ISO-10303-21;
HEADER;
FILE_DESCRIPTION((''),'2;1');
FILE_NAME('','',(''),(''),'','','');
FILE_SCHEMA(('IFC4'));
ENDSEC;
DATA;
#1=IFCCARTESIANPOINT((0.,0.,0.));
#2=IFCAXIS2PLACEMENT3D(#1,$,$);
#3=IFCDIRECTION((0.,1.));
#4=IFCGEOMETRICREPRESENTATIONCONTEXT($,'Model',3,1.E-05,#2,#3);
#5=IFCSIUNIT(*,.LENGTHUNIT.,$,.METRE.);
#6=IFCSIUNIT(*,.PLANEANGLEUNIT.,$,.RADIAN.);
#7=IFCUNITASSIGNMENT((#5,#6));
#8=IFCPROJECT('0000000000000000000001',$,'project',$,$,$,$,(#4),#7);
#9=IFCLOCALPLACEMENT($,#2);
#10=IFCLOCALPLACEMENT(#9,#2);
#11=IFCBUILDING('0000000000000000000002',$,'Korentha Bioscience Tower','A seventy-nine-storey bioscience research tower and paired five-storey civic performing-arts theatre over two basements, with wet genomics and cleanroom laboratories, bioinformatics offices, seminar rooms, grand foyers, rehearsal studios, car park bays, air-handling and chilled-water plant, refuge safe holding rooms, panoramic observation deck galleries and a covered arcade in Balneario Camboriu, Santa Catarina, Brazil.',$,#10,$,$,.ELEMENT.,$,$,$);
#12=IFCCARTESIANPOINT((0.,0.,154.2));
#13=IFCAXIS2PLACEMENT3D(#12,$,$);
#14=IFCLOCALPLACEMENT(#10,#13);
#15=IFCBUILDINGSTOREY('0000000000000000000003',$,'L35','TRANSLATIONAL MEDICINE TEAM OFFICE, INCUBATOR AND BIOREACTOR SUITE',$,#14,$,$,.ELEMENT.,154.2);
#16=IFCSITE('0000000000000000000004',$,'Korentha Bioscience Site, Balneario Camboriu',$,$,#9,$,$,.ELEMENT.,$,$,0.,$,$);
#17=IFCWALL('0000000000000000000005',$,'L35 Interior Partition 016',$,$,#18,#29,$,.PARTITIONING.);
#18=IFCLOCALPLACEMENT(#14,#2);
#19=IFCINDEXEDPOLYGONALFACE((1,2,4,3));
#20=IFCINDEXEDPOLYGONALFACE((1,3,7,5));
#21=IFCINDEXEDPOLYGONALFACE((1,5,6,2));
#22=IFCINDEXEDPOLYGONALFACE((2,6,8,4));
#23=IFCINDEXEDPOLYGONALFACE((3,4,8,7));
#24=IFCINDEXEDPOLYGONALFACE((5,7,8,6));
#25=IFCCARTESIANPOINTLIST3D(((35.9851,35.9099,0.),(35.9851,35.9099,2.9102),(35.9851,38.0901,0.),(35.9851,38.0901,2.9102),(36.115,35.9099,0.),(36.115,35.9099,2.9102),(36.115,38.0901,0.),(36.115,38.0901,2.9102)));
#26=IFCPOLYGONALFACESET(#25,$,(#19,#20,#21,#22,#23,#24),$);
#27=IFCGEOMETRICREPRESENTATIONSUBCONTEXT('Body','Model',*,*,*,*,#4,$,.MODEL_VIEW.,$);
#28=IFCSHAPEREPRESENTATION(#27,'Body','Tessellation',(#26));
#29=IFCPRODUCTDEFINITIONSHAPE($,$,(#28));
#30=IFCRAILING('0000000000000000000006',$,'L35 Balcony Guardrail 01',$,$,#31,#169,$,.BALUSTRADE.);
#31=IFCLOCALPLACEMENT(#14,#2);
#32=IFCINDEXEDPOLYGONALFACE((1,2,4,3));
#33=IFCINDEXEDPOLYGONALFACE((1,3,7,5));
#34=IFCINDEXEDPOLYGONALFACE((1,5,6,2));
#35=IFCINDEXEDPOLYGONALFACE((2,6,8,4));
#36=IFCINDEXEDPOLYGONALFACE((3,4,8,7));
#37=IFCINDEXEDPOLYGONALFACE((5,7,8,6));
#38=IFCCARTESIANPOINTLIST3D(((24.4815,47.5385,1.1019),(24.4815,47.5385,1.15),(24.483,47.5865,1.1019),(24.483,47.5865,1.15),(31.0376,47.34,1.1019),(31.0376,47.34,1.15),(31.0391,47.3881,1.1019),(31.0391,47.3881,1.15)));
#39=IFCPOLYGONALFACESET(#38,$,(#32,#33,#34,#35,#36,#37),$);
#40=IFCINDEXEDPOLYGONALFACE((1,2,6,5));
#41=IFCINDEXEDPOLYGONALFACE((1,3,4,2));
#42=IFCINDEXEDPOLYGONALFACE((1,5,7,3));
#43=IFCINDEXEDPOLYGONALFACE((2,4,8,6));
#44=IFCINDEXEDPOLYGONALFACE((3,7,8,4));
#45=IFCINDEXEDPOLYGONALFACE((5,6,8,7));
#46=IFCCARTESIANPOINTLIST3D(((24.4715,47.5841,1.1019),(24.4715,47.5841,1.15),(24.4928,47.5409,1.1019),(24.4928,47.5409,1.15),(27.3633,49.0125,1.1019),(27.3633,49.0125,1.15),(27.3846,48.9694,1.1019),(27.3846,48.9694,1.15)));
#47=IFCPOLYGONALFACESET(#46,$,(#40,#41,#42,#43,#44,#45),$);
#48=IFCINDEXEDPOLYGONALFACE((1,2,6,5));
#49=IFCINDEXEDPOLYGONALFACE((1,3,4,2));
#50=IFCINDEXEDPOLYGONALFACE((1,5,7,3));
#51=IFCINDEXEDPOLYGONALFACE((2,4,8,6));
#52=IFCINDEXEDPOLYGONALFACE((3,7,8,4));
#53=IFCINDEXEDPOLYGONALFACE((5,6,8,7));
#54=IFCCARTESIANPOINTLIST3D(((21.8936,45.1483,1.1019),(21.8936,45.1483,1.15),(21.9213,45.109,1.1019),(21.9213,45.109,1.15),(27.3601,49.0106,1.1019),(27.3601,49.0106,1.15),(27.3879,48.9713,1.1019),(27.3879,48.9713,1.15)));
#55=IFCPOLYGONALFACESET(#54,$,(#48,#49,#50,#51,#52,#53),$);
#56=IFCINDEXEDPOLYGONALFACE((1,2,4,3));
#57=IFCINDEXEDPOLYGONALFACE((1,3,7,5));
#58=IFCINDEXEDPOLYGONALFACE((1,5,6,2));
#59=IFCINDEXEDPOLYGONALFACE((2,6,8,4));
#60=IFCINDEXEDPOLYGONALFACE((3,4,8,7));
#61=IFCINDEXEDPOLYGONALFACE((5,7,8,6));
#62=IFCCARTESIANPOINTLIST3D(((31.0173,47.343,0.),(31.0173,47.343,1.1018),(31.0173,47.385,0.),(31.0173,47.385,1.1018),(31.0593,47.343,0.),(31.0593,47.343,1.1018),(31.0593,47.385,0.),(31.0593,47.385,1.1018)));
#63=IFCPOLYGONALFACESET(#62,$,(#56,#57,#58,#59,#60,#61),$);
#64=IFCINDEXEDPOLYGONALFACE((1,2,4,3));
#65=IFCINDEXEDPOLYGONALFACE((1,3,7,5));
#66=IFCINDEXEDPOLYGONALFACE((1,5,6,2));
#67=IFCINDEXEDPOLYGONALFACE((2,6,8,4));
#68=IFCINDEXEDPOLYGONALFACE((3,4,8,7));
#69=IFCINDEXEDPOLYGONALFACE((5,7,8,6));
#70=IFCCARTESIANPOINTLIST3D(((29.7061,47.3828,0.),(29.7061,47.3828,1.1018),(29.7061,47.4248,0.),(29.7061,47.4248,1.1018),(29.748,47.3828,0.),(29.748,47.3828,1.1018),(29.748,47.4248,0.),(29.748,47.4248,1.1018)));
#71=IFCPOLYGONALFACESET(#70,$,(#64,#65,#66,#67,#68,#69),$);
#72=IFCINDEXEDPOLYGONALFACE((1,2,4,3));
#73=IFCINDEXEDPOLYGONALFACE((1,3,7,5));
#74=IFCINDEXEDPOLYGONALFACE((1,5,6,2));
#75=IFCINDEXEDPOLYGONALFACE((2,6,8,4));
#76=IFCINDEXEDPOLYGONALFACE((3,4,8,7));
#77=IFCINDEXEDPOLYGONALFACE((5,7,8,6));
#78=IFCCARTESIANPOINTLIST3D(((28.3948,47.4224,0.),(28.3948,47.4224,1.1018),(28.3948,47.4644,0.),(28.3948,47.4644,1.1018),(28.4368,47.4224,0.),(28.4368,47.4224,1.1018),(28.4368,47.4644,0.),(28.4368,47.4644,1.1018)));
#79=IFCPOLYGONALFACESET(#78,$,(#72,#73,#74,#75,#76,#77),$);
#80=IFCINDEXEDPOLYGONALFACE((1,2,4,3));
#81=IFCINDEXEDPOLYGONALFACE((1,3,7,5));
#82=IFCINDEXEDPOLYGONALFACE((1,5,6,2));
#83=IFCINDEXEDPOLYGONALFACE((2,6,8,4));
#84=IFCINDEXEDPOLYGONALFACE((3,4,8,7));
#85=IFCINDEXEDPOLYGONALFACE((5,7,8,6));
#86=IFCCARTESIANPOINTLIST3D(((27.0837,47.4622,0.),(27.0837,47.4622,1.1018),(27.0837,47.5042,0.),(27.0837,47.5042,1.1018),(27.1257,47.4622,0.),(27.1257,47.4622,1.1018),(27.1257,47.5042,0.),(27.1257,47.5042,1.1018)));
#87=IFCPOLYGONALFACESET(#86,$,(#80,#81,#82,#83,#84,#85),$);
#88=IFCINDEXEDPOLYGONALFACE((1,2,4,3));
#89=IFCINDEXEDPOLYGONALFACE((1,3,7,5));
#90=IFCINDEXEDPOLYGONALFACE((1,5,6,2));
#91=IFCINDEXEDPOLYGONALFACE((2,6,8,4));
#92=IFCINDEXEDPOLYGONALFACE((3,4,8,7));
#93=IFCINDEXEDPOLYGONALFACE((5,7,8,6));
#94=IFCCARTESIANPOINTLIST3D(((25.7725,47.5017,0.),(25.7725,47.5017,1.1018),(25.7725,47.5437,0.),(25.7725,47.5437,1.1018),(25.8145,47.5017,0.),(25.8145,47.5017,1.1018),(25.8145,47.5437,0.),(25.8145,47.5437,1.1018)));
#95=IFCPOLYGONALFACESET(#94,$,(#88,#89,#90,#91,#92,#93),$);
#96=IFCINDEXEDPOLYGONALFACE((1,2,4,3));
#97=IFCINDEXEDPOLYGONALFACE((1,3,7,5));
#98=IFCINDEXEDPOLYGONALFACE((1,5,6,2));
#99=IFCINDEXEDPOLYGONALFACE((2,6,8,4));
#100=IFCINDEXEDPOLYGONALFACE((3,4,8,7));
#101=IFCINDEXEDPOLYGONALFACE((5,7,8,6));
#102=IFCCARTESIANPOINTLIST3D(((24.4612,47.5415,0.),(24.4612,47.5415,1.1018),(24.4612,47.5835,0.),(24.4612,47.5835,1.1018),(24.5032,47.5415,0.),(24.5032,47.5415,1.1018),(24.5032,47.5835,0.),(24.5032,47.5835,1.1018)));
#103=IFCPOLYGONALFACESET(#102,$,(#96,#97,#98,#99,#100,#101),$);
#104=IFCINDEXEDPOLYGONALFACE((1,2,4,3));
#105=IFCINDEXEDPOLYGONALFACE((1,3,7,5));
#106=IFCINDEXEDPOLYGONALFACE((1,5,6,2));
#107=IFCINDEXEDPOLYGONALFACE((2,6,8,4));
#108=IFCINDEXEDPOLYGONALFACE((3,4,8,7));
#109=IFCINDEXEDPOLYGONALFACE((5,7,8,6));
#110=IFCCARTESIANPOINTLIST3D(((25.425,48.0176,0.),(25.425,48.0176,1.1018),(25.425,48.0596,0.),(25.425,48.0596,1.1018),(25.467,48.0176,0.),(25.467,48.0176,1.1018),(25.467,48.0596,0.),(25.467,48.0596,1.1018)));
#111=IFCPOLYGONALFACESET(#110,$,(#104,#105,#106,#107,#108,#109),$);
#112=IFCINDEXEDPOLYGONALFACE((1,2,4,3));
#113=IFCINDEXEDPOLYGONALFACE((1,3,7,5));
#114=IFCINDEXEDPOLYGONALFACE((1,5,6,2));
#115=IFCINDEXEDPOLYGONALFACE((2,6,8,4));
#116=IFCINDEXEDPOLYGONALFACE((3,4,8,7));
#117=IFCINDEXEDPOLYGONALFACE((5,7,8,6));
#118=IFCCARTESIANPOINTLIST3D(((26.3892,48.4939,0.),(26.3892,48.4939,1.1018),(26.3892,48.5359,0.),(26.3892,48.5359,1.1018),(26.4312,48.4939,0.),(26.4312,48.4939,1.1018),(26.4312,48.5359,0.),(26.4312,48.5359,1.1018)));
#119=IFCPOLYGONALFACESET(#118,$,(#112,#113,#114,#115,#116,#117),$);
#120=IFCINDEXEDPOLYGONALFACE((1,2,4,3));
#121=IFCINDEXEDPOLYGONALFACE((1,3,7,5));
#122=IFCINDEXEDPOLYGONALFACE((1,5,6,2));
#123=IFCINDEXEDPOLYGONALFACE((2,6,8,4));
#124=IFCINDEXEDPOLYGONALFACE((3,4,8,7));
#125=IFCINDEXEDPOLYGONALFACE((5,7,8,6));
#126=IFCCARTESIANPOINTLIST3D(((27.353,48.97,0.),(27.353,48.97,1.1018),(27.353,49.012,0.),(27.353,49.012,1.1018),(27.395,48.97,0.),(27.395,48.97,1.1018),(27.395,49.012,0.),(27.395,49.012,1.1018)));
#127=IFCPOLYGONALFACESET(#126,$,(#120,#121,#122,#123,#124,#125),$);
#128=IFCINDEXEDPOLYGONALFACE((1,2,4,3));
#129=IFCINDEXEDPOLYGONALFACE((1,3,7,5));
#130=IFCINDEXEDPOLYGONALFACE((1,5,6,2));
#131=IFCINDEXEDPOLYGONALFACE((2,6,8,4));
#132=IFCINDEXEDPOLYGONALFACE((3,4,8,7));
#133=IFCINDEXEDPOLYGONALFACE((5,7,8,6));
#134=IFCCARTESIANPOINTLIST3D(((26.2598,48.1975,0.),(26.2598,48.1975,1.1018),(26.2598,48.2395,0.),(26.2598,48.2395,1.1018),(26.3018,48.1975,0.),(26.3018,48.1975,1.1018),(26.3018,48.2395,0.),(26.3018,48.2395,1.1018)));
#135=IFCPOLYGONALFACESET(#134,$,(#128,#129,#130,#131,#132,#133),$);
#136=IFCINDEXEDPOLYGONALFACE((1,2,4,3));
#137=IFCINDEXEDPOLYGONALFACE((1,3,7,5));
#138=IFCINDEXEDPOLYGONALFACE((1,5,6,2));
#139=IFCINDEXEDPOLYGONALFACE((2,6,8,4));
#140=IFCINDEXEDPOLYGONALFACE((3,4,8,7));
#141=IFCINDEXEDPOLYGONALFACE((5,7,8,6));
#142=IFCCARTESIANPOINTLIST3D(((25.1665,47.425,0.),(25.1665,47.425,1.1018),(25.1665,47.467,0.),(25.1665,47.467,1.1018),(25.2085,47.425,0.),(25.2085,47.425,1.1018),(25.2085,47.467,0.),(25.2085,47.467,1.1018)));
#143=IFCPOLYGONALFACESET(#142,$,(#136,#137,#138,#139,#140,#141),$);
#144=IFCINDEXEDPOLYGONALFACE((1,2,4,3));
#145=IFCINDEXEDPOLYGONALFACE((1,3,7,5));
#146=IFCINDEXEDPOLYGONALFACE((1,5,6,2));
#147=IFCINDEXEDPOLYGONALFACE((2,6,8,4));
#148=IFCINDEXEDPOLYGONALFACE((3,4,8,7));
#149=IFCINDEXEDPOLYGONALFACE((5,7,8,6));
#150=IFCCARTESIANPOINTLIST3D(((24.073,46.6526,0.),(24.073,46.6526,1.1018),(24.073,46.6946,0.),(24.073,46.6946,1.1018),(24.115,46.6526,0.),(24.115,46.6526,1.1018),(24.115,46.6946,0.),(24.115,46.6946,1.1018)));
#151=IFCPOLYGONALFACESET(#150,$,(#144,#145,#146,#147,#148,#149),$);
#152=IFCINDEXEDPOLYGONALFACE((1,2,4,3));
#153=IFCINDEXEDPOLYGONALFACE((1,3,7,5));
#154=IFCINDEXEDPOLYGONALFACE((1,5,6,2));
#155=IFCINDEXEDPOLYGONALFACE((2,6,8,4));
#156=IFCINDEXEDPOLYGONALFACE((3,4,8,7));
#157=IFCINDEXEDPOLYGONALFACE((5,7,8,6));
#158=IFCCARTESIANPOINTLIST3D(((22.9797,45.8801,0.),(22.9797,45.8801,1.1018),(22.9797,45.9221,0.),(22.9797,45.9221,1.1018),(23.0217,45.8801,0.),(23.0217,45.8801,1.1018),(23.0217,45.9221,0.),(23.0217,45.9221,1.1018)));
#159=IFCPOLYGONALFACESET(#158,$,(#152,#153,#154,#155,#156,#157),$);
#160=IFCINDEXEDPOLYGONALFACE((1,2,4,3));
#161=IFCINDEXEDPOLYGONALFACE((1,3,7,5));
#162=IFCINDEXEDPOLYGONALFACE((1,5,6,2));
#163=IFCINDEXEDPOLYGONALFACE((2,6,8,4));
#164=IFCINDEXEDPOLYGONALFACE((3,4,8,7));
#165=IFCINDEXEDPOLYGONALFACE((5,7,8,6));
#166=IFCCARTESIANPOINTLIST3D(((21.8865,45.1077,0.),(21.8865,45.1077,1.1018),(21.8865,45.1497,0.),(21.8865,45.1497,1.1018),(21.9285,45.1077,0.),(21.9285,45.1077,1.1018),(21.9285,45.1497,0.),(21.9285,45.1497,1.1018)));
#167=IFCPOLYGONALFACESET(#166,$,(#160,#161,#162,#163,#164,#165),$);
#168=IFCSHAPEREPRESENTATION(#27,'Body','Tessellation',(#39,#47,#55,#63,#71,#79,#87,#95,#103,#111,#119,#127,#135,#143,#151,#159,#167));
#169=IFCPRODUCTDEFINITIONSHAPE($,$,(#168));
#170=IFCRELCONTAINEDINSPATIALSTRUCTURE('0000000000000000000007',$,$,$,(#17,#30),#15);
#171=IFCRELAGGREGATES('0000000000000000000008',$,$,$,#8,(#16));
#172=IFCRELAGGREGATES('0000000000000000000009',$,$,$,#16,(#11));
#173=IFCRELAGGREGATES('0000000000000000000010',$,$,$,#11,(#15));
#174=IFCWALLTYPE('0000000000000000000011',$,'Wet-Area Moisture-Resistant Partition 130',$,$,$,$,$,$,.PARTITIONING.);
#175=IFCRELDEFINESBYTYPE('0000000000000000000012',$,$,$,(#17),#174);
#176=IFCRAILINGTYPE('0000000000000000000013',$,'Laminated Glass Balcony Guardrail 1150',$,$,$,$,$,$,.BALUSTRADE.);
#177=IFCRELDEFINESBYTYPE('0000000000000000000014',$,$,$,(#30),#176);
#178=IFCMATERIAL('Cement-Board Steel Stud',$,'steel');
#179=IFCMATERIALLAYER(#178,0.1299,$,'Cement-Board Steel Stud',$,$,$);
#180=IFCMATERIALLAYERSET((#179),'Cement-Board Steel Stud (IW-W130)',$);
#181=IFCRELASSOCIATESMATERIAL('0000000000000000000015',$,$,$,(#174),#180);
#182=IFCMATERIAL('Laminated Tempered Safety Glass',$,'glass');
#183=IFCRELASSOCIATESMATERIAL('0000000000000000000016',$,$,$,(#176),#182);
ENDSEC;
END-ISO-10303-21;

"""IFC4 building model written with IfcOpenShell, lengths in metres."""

from ifc_helpers import new_model, si_unit, direction, frame, frame_2d, origin, origin_2d, place, context, subcontext, project, spatial, rectangle, extrude, material, layer, layer_set, type_object, element, save


model = new_model("IFC4")

# Units and contexts
model_context = context("Model", 3, precision=1e-05, world=origin(), true_north=direction((0.0, 1.0)))
body_context = subcontext(model_context, "Body", "Model", "MODEL_VIEW")
ifc_project = project(units=[si_unit("LENGTHUNIT", "METRE"), si_unit("PLANEANGLEUNIT", "RADIAN")], contexts=[model_context])

# Site, building, storey
site_placement = place(None, origin())
site = spatial("IfcSite", under=ifc_project, at=site_placement, Name="Korentha Bioscience Site, Balneario Camboriu", CompositionType="ELEMENT", RefElevation=0.0)
building_placement = place(site_placement, origin())
building = spatial("IfcBuilding", under=site, at=building_placement, Name="Korentha Bioscience Tower", Description="A seventy-nine-storey bioscience research tower and paired five-storey civic performing-arts theatre over two basements, with wet genomics and cleanroom laboratories, bioinformatics offices, seminar rooms, grand foyers, rehearsal studios, car park bays, air-handling and chilled-water plant, refuge safe holding rooms, panoramic observation deck galleries and a covered arcade in Balneario Camboriu, Santa Catarina, Brazil.", CompositionType="ELEMENT")
storey_placement = place(building_placement, frame((0.0, 0.0, 154.2)))
storey = spatial("IfcBuildingStorey", under=building, at=storey_placement, Name="L35", Description="TRANSLATIONAL MEDICINE TEAM OFFICE, INCUBATOR AND BIOREACTOR SUITE", CompositionType="ELEMENT", Elevation=154.2)

# Shared definitions
ifc_material_1 = material(Name="Cement-Board Steel Stud", Category="steel")
ifc_layer_1 = layer(ifc_material_1, 0.1299, Name="Cement-Board Steel Stud")
ifc_layer_set_1 = layer_set([ifc_layer_1], Name="Cement-Board Steel Stud (IW-W130)")
wall_type_1 = type_object("IfcWallType", Name="Wet-Area Moisture-Resistant Partition 130", PredefinedType="PARTITIONING", material=ifc_layer_set_1)

# Wall
wall_1_placement = place(storey_placement, frame((36.05, 38.0901, 0.0), z_axis=(0.0, 0.0, 1.0), x_axis=(0.0, -1.0, 0.0)))
element("IfcWall", 1, at=wall_1_placement, inside=storey, type_object=wall_type_1, Name="L35 Interior Partition 016", PredefinedType="PARTITIONING", context=body_context, shape_type="SweptSolid", body=[
    extrude(rectangle(XDim=2.1802, YDim=0.1299, at=frame_2d((1.0901, 0.0))), origin(), (0.0, 0.0, 1.0), 2.9102),
])

# Railing
ifc_material_2 = material(Name="Laminated Tempered Safety Glass", Category="glass")
railing_type = type_object("IfcRailingType", Name="Laminated Glass Balcony Guardrail 1150", PredefinedType="BALUSTRADE", material=ifc_material_2)
railing_placement = place(storey_placement, frame((31.0383, 47.364, 0.0)))
element("IfcRailing", 2, at=railing_placement, inside=storey, type_object=railing_type, Name="L35 Balcony Guardrail 01", PredefinedType="BALUSTRADE", context=body_context, shape_type="SweptSolid", body=[
    extrude(rectangle(XDim=0.0481, YDim=0.0481, at=origin_2d()), frame((0.0, 0.0, 1.126), z_axis=(-0.999542, 0.030261, 0.0), x_axis=(-0.030261, -0.999542, 0.0)), (0.0, 0.0, 1.0), 6.5591),
    extrude(rectangle(XDim=0.0481, YDim=0.0481, at=origin_2d()), frame((-6.5562, 0.1985, 1.126), z_axis=(0.896582, 0.442879, 0.0), x_axis=(-0.442879, 0.896582, 0.0)), (0.0, 0.0, 1.0), 3.2253),
    extrude(rectangle(XDim=0.0481, YDim=0.0481, at=origin_2d()), frame((-3.6643, 1.627, 1.126), z_axis=(-0.816717, -0.577038, 0.0), x_axis=(0.577038, -0.816717, 0.0)), (0.0, 0.0, 1.0), 6.6934),
    extrude(rectangle(XDim=0.042, YDim=0.042, at=origin_2d()), origin(), (0.0, 0.0, 1.0), 1.1018),
    extrude(rectangle(XDim=0.042, YDim=0.042, at=origin_2d()), frame((-1.3113, 0.0398, 0.0)), (0.0, 0.0, 1.0), 1.1018),
    extrude(rectangle(XDim=0.042, YDim=0.042, at=origin_2d()), frame((-2.6226, 0.0793, 0.0)), (0.0, 0.0, 1.0), 1.1018),
    extrude(rectangle(XDim=0.042, YDim=0.042, at=origin_2d()), frame((-3.9336, 0.1191, 0.0)), (0.0, 0.0, 1.0), 1.1018),
    extrude(rectangle(XDim=0.042, YDim=0.042, at=origin_2d()), frame((-5.2449, 0.1587, 0.0)), (0.0, 0.0, 1.0), 1.1018),
    extrude(rectangle(XDim=0.042, YDim=0.042, at=origin_2d()), frame((-6.5562, 0.1985, 0.0)), (0.0, 0.0, 1.0), 1.1018),
    extrude(rectangle(XDim=0.042, YDim=0.042, at=origin_2d()), frame((-5.5923, 0.6746, 0.0)), (0.0, 0.0, 1.0), 1.1018),
    extrude(rectangle(XDim=0.042, YDim=0.042, at=origin_2d()), frame((-4.6282, 1.1509, 0.0)), (0.0, 0.0, 1.0), 1.1018),
    extrude(rectangle(XDim=0.042, YDim=0.042, at=origin_2d()), frame((-3.6643, 1.627, 0.0)), (0.0, 0.0, 1.0), 1.1018),
    extrude(rectangle(XDim=0.042, YDim=0.042, at=origin_2d()), frame((-4.7576, 0.8545, 0.0)), (0.0, 0.0, 1.0), 1.1018),
    extrude(rectangle(XDim=0.042, YDim=0.042, at=origin_2d()), frame((-5.8508, 0.082, 0.0)), (0.0, 0.0, 1.0), 1.1018),
    extrude(rectangle(XDim=0.042, YDim=0.042, at=origin_2d()), frame((-6.9443, -0.6904, 0.0)), (0.0, 0.0, 1.0), 1.1018),
    extrude(rectangle(XDim=0.042, YDim=0.042, at=origin_2d()), frame((-8.0376, -1.4629, 0.0)), (0.0, 0.0, 1.0), 1.1018),
    extrude(rectangle(XDim=0.042, YDim=0.042, at=origin_2d()), frame((-9.1309, -2.2354, 0.0)), (0.0, 0.0, 1.0), 1.1018),
])

save(model, "model.ifc")
